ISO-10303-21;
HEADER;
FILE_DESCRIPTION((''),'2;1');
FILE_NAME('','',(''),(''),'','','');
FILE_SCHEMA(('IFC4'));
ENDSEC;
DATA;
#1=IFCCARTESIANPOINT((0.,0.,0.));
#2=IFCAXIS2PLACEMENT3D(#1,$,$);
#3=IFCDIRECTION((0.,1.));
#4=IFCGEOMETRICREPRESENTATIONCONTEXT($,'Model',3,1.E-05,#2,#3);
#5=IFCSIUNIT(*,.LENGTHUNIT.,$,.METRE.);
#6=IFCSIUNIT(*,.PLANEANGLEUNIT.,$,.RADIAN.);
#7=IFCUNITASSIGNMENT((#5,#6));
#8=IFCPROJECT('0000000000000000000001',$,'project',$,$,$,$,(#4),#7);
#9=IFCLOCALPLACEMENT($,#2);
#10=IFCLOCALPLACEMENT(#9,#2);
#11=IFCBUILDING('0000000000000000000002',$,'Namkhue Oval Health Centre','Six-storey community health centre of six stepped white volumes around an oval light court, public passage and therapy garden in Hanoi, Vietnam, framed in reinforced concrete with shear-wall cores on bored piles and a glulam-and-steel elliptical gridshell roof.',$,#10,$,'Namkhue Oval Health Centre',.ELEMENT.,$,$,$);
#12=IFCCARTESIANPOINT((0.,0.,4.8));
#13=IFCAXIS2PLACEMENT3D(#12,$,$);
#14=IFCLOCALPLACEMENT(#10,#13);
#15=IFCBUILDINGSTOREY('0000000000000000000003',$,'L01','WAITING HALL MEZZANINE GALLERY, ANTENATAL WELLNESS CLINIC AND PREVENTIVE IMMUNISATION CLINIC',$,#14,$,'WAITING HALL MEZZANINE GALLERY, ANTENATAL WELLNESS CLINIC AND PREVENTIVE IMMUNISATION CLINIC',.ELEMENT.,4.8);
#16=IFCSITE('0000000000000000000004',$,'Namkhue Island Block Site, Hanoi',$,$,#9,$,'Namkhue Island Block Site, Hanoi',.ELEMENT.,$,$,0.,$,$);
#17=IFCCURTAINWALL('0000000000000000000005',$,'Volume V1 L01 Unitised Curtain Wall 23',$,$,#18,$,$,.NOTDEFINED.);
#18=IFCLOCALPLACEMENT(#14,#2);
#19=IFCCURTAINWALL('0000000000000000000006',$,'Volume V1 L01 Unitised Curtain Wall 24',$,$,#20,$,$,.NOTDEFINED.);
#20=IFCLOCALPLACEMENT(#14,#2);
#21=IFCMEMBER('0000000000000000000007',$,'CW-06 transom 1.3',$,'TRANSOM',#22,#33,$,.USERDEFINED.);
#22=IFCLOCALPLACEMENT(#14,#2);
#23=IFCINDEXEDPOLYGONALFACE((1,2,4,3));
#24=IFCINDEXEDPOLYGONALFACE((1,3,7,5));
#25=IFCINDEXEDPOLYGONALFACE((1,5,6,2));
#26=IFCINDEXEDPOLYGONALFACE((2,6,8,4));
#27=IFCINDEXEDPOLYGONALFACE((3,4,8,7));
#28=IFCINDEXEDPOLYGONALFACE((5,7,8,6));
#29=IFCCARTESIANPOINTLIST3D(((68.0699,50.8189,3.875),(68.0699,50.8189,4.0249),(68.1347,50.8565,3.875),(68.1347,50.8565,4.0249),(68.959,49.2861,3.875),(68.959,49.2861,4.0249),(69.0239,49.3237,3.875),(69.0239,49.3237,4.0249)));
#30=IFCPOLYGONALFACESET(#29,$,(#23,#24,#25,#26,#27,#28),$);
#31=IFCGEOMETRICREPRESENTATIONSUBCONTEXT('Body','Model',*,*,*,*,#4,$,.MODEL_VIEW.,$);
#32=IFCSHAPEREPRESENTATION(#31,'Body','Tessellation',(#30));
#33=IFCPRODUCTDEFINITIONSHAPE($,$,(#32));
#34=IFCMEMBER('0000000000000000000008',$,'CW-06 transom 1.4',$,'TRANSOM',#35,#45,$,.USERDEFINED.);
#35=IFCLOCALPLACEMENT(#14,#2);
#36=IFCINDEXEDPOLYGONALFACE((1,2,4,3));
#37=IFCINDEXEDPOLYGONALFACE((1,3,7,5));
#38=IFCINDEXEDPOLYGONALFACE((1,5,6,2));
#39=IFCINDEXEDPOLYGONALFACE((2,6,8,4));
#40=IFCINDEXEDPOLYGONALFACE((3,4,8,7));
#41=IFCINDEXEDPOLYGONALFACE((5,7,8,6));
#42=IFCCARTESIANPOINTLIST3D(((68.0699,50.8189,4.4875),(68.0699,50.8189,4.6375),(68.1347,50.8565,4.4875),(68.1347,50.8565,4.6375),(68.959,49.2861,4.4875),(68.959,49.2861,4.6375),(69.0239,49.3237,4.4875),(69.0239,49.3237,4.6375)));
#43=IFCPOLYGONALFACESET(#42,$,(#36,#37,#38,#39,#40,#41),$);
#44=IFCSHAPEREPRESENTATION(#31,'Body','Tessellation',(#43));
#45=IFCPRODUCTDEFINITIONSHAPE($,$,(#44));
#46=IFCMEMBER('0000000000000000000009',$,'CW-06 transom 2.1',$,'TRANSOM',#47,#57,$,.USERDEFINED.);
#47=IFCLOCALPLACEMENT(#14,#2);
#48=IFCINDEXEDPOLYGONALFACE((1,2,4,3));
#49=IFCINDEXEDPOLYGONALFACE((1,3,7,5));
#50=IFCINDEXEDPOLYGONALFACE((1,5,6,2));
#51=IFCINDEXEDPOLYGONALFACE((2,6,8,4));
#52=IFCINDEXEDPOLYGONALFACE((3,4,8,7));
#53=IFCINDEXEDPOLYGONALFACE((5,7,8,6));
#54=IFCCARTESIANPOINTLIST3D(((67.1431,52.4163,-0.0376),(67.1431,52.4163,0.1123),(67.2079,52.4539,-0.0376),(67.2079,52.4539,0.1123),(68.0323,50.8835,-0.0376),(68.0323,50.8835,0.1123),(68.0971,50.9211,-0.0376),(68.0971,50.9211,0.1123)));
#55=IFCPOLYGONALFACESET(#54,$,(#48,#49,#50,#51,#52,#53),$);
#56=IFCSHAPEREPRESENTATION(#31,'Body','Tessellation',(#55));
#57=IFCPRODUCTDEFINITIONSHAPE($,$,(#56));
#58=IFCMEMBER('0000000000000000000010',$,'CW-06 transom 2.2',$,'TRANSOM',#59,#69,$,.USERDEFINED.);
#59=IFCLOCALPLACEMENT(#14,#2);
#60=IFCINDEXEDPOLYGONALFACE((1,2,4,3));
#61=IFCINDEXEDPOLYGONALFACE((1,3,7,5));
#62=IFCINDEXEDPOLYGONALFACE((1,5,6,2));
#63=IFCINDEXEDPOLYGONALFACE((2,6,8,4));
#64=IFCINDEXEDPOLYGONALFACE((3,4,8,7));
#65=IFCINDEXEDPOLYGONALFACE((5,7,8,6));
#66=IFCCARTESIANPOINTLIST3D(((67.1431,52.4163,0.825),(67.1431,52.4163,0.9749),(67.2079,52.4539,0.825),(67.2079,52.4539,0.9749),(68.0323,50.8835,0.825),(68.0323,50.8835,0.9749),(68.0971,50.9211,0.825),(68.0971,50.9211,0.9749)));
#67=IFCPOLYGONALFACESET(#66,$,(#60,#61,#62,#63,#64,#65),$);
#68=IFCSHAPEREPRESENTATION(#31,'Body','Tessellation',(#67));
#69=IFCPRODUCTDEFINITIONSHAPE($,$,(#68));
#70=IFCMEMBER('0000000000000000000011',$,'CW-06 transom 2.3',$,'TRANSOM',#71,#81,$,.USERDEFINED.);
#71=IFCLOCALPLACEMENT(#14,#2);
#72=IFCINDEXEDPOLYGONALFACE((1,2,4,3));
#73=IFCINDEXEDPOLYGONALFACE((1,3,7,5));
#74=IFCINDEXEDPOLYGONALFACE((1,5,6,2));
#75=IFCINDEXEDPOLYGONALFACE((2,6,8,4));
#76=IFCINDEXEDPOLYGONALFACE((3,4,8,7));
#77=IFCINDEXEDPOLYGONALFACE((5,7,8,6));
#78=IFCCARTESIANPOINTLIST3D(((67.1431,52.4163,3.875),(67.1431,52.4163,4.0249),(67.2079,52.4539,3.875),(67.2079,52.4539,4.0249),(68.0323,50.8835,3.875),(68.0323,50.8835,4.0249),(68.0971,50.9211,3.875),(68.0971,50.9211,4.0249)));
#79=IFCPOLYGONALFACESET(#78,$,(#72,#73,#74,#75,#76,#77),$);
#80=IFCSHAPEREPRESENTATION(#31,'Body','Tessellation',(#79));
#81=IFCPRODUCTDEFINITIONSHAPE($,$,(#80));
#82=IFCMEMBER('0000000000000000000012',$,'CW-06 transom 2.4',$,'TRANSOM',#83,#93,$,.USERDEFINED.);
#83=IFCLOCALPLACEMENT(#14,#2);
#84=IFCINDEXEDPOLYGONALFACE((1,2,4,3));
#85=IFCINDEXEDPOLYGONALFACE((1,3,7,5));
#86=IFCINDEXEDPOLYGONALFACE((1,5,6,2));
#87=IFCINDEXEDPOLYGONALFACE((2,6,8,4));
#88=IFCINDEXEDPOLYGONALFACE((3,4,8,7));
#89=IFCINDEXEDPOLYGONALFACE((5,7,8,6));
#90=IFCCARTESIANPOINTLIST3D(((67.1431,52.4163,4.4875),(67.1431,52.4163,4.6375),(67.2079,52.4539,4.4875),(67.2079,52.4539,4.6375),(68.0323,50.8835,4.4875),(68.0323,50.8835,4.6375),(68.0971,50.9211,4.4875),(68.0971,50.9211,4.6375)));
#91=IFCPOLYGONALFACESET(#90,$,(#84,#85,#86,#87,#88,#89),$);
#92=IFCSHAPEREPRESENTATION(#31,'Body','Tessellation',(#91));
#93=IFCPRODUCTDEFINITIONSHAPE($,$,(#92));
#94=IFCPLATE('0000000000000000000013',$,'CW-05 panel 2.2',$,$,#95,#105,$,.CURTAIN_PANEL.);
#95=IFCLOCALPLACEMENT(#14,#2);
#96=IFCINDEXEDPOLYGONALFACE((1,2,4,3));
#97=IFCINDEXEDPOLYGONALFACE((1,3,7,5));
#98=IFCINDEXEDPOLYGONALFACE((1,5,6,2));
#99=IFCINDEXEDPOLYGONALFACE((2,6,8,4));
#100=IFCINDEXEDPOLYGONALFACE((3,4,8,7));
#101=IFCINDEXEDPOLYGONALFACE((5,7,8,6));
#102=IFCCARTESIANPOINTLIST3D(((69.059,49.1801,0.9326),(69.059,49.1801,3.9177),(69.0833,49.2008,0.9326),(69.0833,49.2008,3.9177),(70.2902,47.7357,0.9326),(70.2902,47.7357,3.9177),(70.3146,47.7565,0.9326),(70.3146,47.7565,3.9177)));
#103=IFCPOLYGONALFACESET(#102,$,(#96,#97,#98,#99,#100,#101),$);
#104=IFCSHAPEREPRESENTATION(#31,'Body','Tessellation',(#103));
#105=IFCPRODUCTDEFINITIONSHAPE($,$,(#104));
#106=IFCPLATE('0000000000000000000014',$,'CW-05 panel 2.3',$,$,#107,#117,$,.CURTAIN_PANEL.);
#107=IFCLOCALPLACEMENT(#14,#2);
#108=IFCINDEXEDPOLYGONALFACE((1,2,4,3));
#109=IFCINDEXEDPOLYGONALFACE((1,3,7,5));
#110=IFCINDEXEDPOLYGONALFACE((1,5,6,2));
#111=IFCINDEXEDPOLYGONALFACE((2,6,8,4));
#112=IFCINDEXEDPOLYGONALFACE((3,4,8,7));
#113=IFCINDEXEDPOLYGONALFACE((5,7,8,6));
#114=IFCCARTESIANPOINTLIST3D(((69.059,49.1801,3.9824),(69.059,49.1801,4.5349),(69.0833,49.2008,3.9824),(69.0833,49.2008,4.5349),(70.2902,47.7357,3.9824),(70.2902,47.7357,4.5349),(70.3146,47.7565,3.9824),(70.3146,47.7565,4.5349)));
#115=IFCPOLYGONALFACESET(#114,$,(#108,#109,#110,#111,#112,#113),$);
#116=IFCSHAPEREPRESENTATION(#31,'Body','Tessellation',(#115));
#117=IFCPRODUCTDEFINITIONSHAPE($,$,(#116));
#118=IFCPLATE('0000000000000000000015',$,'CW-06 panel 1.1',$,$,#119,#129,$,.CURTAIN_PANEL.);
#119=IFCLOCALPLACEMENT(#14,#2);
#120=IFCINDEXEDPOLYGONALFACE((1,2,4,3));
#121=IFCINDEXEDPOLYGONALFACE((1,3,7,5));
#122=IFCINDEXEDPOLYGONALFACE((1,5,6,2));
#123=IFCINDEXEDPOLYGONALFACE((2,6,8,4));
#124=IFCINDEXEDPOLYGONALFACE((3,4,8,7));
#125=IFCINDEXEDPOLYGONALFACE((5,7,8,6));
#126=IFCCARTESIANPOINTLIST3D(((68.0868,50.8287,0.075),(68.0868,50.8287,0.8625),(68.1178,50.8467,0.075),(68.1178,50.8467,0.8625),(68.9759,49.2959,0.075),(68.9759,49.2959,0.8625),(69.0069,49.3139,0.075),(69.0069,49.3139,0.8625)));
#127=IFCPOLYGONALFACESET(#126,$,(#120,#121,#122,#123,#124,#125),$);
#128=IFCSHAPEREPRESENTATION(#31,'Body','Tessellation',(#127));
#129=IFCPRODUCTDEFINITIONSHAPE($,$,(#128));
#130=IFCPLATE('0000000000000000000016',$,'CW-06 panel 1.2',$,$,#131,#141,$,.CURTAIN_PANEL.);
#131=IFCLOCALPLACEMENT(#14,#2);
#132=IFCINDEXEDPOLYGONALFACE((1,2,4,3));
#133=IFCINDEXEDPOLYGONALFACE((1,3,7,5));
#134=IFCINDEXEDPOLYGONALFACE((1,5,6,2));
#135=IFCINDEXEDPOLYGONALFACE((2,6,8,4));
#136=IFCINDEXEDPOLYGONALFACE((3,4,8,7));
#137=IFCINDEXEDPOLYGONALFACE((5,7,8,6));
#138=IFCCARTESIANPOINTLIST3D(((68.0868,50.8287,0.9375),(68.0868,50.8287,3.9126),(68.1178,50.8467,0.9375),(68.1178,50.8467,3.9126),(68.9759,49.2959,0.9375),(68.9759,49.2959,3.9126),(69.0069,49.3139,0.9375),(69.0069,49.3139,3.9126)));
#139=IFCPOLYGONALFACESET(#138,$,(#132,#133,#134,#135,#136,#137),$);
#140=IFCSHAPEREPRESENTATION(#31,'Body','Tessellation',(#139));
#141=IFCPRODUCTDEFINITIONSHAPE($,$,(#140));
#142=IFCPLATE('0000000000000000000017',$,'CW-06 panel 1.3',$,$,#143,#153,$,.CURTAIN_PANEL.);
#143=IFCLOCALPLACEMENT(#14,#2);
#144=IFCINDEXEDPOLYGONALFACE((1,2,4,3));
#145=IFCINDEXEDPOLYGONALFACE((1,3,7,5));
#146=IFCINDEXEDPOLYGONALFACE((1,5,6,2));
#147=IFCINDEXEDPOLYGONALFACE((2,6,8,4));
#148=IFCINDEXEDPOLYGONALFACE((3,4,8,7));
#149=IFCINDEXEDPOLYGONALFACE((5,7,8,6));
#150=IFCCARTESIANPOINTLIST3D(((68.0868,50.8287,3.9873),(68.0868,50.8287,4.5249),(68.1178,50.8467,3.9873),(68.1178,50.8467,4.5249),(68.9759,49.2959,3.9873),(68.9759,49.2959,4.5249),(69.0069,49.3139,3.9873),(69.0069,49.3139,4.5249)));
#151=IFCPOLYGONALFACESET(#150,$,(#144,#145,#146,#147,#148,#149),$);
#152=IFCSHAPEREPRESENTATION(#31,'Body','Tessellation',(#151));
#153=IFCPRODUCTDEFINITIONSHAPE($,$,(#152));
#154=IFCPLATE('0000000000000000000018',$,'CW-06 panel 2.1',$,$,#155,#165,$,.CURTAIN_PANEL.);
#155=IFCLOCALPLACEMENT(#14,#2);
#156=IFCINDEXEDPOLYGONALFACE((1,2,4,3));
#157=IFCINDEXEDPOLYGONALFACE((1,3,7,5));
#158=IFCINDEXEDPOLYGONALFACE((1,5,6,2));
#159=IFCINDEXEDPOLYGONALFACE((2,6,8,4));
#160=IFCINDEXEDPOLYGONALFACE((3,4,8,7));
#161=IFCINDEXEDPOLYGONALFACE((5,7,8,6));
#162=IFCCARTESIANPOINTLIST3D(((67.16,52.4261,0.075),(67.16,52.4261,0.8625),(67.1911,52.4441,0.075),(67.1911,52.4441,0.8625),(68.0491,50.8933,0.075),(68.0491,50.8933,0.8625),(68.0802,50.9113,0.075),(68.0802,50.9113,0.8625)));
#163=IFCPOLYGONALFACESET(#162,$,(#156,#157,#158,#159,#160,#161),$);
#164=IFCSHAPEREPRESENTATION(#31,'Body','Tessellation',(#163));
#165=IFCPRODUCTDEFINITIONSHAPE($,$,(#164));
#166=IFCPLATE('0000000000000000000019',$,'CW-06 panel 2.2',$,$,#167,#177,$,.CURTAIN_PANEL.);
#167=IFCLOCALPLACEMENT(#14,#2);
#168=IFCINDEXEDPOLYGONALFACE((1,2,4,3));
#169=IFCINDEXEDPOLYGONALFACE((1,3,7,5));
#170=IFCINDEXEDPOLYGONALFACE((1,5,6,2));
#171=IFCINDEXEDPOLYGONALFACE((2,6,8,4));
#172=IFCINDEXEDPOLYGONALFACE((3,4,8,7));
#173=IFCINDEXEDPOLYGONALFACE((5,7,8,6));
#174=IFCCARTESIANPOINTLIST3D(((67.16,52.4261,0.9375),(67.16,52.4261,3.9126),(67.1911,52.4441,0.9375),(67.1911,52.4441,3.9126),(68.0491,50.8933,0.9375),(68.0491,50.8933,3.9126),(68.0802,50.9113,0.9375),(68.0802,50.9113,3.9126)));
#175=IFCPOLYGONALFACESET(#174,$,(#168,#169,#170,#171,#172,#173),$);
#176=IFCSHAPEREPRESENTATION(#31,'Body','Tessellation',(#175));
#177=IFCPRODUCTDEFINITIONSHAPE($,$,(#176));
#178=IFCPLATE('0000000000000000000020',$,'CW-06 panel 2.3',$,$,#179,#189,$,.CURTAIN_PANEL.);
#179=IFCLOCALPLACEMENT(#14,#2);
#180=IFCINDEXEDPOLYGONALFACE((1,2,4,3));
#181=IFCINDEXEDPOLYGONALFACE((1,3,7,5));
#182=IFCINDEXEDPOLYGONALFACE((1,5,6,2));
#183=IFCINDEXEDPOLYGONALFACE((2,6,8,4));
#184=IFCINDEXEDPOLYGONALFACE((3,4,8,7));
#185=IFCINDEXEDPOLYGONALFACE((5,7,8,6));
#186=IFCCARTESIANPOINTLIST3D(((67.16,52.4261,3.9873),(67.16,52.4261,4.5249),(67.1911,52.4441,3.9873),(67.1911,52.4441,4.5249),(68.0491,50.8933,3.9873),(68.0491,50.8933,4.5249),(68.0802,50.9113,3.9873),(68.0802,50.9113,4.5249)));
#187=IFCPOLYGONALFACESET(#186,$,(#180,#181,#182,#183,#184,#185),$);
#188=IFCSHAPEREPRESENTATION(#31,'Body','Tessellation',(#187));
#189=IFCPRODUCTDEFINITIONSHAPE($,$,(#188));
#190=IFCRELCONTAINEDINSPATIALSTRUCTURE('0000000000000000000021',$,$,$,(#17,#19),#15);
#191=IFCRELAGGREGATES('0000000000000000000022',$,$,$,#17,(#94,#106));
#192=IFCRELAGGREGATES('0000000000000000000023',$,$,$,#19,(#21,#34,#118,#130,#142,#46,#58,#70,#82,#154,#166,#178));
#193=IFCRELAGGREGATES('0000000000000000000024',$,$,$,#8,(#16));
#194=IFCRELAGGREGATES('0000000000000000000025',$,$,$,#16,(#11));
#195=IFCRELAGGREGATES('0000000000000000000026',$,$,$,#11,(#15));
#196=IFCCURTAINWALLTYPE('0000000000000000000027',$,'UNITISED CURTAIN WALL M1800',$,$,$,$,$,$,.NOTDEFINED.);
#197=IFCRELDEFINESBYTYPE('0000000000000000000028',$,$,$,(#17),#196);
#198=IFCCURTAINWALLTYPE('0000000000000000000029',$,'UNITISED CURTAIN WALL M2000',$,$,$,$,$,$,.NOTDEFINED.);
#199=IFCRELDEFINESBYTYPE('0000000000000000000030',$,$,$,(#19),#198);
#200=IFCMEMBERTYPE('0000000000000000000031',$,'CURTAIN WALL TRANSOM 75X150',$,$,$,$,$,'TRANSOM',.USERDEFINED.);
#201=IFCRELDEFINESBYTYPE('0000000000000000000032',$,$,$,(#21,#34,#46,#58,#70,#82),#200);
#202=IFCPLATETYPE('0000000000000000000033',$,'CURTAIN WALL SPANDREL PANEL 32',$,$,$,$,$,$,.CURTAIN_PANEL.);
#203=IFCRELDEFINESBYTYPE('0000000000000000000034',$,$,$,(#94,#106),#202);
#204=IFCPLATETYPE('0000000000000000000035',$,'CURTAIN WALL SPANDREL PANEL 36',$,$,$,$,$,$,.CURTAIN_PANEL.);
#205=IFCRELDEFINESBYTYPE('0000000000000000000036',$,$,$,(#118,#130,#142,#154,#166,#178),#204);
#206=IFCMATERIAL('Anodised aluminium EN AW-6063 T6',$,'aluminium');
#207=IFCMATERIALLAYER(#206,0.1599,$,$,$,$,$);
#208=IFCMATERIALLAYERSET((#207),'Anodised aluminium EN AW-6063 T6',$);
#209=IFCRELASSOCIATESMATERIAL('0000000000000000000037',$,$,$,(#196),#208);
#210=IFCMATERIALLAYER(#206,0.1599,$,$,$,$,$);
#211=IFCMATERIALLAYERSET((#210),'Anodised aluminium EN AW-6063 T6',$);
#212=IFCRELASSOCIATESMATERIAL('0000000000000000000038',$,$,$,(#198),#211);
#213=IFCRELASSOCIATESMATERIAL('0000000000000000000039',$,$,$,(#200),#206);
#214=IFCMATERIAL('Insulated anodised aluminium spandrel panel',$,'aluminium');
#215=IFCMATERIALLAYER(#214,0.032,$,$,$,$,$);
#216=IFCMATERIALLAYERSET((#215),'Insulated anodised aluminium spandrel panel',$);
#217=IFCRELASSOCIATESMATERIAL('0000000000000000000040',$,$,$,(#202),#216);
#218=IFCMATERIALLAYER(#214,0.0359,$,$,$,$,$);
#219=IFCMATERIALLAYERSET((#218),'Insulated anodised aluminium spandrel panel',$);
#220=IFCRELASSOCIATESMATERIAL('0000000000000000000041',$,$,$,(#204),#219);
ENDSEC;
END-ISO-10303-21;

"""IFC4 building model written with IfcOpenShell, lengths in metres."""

from ifc_helpers import new_model, si_unit, direction, frame, origin, origin_2d, place, context, subcontext, project, spatial, rectangle, extrude, material, layer, layer_set, material_profile, profile_set, type_object, element, aggregate, save


model = new_model("IFC4")

# Units and contexts
model_context = context("Model", 3, precision=1e-05, world=origin(), true_north=direction((0.0, 1.0)))
body_context = subcontext(model_context, "Body", "Model", "MODEL_VIEW")
ifc_project = project(units=[si_unit("LENGTHUNIT", "METRE"), si_unit("PLANEANGLEUNIT", "RADIAN")], contexts=[model_context])

# Site, building, storey
site_placement = place(None, origin())
site = spatial("IfcSite", under=ifc_project, at=site_placement, Name="Namkhue Island Block Site, Hanoi", LongName="Namkhue Island Block Site, Hanoi", CompositionType="ELEMENT", RefElevation=0.0)
building_placement = place(site_placement, origin())
building = spatial("IfcBuilding", under=site, at=building_placement, Name="Namkhue Oval Health Centre", Description="Six-storey community health centre of six stepped white volumes around an oval light court, public passage and therapy garden in Hanoi, Vietnam, framed in reinforced concrete with shear-wall cores on bored piles and a glulam-and-steel elliptical gridshell roof.", LongName="Namkhue Oval Health Centre", CompositionType="ELEMENT")
storey_placement = place(building_placement, frame((0.0, 0.0, 4.8)))
storey = spatial("IfcBuildingStorey", under=building, at=storey_placement, Name="L01", Description="WAITING HALL MEZZANINE GALLERY, ANTENATAL WELLNESS CLINIC AND PREVENTIVE IMMUNISATION CLINIC", LongName="WAITING HALL MEZZANINE GALLERY, ANTENATAL WELLNESS CLINIC AND PREVENTIVE IMMUNISATION CLINIC", CompositionType="ELEMENT", Elevation=4.8)

# Curtain wall
ifc_material_1 = material(Name="Anodised aluminium EN AW-6063 T6", Category="aluminium")
ifc_layer_1 = layer(ifc_material_1, 0.1599)
ifc_layer_set_1 = layer_set([ifc_layer_1], Name="Anodised aluminium EN AW-6063 T6")
curtain_wall_type_1 = type_object("IfcCurtainWallType", Name="UNITISED CURTAIN WALL M1800", PredefinedType="NOTDEFINED", material=ifc_layer_set_1)
curtain_wall_1_placement = place(storey_placement, origin())
curtain_wall_1 = element("IfcCurtainWall", 1, at=curtain_wall_1_placement, inside=storey, type_object=curtain_wall_type_1, Name="Volume V1 L01 Unitised Curtain Wall 23", PredefinedType="NOTDEFINED")

# Curtain wall, members
ifc_layer_2 = layer(ifc_material_1, 0.1599)
ifc_layer_set_2 = layer_set([ifc_layer_2], Name="Anodised aluminium EN AW-6063 T6")
curtain_wall_type_2 = type_object("IfcCurtainWallType", Name="UNITISED CURTAIN WALL M2000", PredefinedType="NOTDEFINED", material=ifc_layer_set_2)
curtain_wall_2_placement = place(storey_placement, origin())
curtain_wall_2 = element("IfcCurtainWall", 2, at=curtain_wall_2_placement, inside=storey, type_object=curtain_wall_type_2, Name="Volume V1 L01 Unitised Curtain Wall 24", PredefinedType="NOTDEFINED")
ifc_material_profile_1 = material_profile(ifc_material_1, rectangle(XDim=0.075, YDim=0.1499, at=origin_2d()), Name="ALU 75x150")
ifc_profile_set_1 = profile_set([ifc_material_profile_1], Name="Anodised aluminium EN AW-6063 T6")
member_type_1 = type_object("IfcMemberType", Name="CURTAIN WALL TRANSOM 75X150", ElementType="TRANSOM", PredefinedType="USERDEFINED", material=ifc_profile_set_1)
member_1_placement = place(storey_placement, frame((68.9915, 49.3049, 3.95), z_axis=(-0.501796, 0.864986, 0.0), x_axis=(-0.864986, -0.501796, 0.0)))
member_1 = element("IfcMember", 3, at=member_1_placement, type_object=member_type_1, Name="CW-06 transom 1.3", ObjectType="TRANSOM", PredefinedType="USERDEFINED", context=body_context, shape_type="SweptSolid", body=[
    extrude(rectangle(XDim=0.075, YDim=0.1499, at=origin_2d()), origin(), (0.0, 0.0, 1.0), 1.772),
])
member_2_placement = place(storey_placement, frame((68.9915, 49.3049, 4.5625), z_axis=(-0.501796, 0.864986, 0.0), x_axis=(-0.864986, -0.501796, 0.0)))
member_2 = element("IfcMember", 4, at=member_2_placement, type_object=member_type_1, Name="CW-06 transom 1.4", ObjectType="TRANSOM", PredefinedType="USERDEFINED", context=body_context, shape_type="SweptSolid", body=[
    extrude(rectangle(XDim=0.075, YDim=0.1499, at=origin_2d()), origin(), (0.0, 0.0, 1.0), 1.772),
])
member_3_placement = place(storey_placement, frame((68.0647, 50.9023, 0.0374), z_axis=(-0.501796, 0.864986, 0.0), x_axis=(-0.864986, -0.501796, 0.0)))
member_3 = element("IfcMember", 5, at=member_3_placement, type_object=member_type_1, Name="CW-06 transom 2.1", ObjectType="TRANSOM", PredefinedType="USERDEFINED", context=body_context, shape_type="SweptSolid", body=[
    extrude(rectangle(XDim=0.075, YDim=0.1499, at=origin_2d()), origin(), (0.0, 0.0, 1.0), 1.772),
])
member_4_placement = place(storey_placement, frame((68.0647, 50.9023, 0.8999), z_axis=(-0.501796, 0.864986, 0.0), x_axis=(-0.864986, -0.501796, 0.0)))
member_4 = element("IfcMember", 6, at=member_4_placement, type_object=member_type_1, Name="CW-06 transom 2.2", ObjectType="TRANSOM", PredefinedType="USERDEFINED", context=body_context, shape_type="SweptSolid", body=[
    extrude(rectangle(XDim=0.075, YDim=0.1499, at=origin_2d()), origin(), (0.0, 0.0, 1.0), 1.772),
])
member_5_placement = place(storey_placement, frame((68.0647, 50.9023, 3.95), z_axis=(-0.501796, 0.864986, 0.0), x_axis=(-0.864986, -0.501796, 0.0)))
member_5 = element("IfcMember", 7, at=member_5_placement, type_object=member_type_1, Name="CW-06 transom 2.3", ObjectType="TRANSOM", PredefinedType="USERDEFINED", context=body_context, shape_type="SweptSolid", body=[
    extrude(rectangle(XDim=0.075, YDim=0.1499, at=origin_2d()), origin(), (0.0, 0.0, 1.0), 1.772),
])
member_6_placement = place(storey_placement, frame((68.0647, 50.9023, 4.5625), z_axis=(-0.501796, 0.864986, 0.0), x_axis=(-0.864986, -0.501796, 0.0)))
member_6 = element("IfcMember", 8, at=member_6_placement, type_object=member_type_1, Name="CW-06 transom 2.4", ObjectType="TRANSOM", PredefinedType="USERDEFINED", context=body_context, shape_type="SweptSolid", body=[
    extrude(rectangle(XDim=0.075, YDim=0.1499, at=origin_2d()), origin(), (0.0, 0.0, 1.0), 1.772),
])

# Plates
ifc_material_2 = material(Name="Insulated anodised aluminium spandrel panel", Category="aluminium")
ifc_layer_3 = layer(ifc_material_2, 0.032)
ifc_layer_set_3 = layer_set([ifc_layer_3], Name="Insulated anodised aluminium spandrel panel")
plate_type_1 = type_object("IfcPlateType", Name="CURTAIN WALL SPANDREL PANEL 32", PredefinedType="CURTAIN_PANEL", material=ifc_layer_set_3)
plate_1_placement = place(storey_placement, frame((69.6868, 48.4683, 0.9326), z_axis=(0.0, 0.0, 1.0), x_axis=(-0.648746, 0.761005, 0.0)))
plate_1 = element("IfcPlate", 9, at=plate_1_placement, type_object=plate_type_1, Name="CW-05 panel 2.2", PredefinedType="CURTAIN_PANEL", context=body_context, shape_type="SweptSolid", body=[
    extrude(rectangle(XDim=1.8979, YDim=0.032, at=origin_2d()), origin(), (0.0, 0.0, 1.0), 2.9851),
])
plate_2_placement = place(storey_placement, frame((69.6868, 48.4683, 3.9824), z_axis=(0.0, 0.0, 1.0), x_axis=(-0.648746, 0.761005, 0.0)))
plate_2 = element("IfcPlate", 10, at=plate_2_placement, type_object=plate_type_1, Name="CW-05 panel 2.3", PredefinedType="CURTAIN_PANEL", context=body_context, shape_type="SweptSolid", body=[
    extrude(rectangle(XDim=1.8979, YDim=0.032, at=origin_2d()), origin(), (0.0, 0.0, 1.0), 0.5525),
])
aggregate(curtain_wall_1, [plate_1, plate_2])
ifc_layer_4 = layer(ifc_material_2, 0.0359)
ifc_layer_set_4 = layer_set([ifc_layer_4], Name="Insulated anodised aluminium spandrel panel")
plate_type_2 = type_object("IfcPlateType", Name="CURTAIN WALL SPANDREL PANEL 36", PredefinedType="CURTAIN_PANEL", material=ifc_layer_set_4)
plate_3_placement = place(storey_placement, frame((68.5469, 50.0713, 0.075), z_axis=(0.0, 0.0, 1.0), x_axis=(-0.501758, 0.865008, 0.0)))
plate_3 = element("IfcPlate", 11, at=plate_3_placement, type_object=plate_type_2, Name="CW-06 panel 1.1", PredefinedType="CURTAIN_PANEL", context=body_context, shape_type="SweptSolid", body=[
    extrude(rectangle(XDim=1.772, YDim=0.0359, at=origin_2d()), origin(), (0.0, 0.0, 1.0), 0.7876),
])
plate_4_placement = place(storey_placement, frame((68.5469, 50.0713, 0.9375), z_axis=(0.0, 0.0, 1.0), x_axis=(-0.501758, 0.865008, 0.0)))
plate_4 = element("IfcPlate", 12, at=plate_4_placement, type_object=plate_type_2, Name="CW-06 panel 1.2", PredefinedType="CURTAIN_PANEL", context=body_context, shape_type="SweptSolid", body=[
    extrude(rectangle(XDim=1.772, YDim=0.0359, at=origin_2d()), origin(), (0.0, 0.0, 1.0), 2.9751),
])
plate_5_placement = place(storey_placement, frame((68.5469, 50.0713, 3.9873), z_axis=(0.0, 0.0, 1.0), x_axis=(-0.501758, 0.865008, 0.0)))
plate_5 = element("IfcPlate", 13, at=plate_5_placement, type_object=plate_type_2, Name="CW-06 panel 1.3", PredefinedType="CURTAIN_PANEL", context=body_context, shape_type="SweptSolid", body=[
    extrude(rectangle(XDim=1.772, YDim=0.0359, at=origin_2d()), origin(), (0.0, 0.0, 1.0), 0.5376),
])
plate_6_placement = place(storey_placement, frame((67.6201, 51.6687, 0.075), z_axis=(0.0, 0.0, 1.0), x_axis=(-0.501758, 0.865008, 0.0)))
plate_6 = element("IfcPlate", 14, at=plate_6_placement, type_object=plate_type_2, Name="CW-06 panel 2.1", PredefinedType="CURTAIN_PANEL", context=body_context, shape_type="SweptSolid", body=[
    extrude(rectangle(XDim=1.772, YDim=0.0359, at=origin_2d()), origin(), (0.0, 0.0, 1.0), 0.7876),
])
plate_7_placement = place(storey_placement, frame((67.6201, 51.6687, 0.9375), z_axis=(0.0, 0.0, 1.0), x_axis=(-0.501758, 0.865008, 0.0)))
plate_7 = element("IfcPlate", 15, at=plate_7_placement, type_object=plate_type_2, Name="CW-06 panel 2.2", PredefinedType="CURTAIN_PANEL", context=body_context, shape_type="SweptSolid", body=[
    extrude(rectangle(XDim=1.772, YDim=0.0359, at=origin_2d()), origin(), (0.0, 0.0, 1.0), 2.9751),
])
plate_8_placement = place(storey_placement, frame((67.6201, 51.6687, 3.9873), z_axis=(0.0, 0.0, 1.0), x_axis=(-0.501758, 0.865008, 0.0)))
plate_8 = element("IfcPlate", 16, at=plate_8_placement, type_object=plate_type_2, Name="CW-06 panel 2.3", PredefinedType="CURTAIN_PANEL", context=body_context, shape_type="SweptSolid", body=[
    extrude(rectangle(XDim=1.772, YDim=0.0359, at=origin_2d()), origin(), (0.0, 0.0, 1.0), 0.5376),
])
aggregate(curtain_wall_2, [member_1, member_2, plate_3, plate_4, plate_5, member_3, member_4, member_5, member_6, plate_6, plate_7, plate_8])

save(model, "model.ifc")
